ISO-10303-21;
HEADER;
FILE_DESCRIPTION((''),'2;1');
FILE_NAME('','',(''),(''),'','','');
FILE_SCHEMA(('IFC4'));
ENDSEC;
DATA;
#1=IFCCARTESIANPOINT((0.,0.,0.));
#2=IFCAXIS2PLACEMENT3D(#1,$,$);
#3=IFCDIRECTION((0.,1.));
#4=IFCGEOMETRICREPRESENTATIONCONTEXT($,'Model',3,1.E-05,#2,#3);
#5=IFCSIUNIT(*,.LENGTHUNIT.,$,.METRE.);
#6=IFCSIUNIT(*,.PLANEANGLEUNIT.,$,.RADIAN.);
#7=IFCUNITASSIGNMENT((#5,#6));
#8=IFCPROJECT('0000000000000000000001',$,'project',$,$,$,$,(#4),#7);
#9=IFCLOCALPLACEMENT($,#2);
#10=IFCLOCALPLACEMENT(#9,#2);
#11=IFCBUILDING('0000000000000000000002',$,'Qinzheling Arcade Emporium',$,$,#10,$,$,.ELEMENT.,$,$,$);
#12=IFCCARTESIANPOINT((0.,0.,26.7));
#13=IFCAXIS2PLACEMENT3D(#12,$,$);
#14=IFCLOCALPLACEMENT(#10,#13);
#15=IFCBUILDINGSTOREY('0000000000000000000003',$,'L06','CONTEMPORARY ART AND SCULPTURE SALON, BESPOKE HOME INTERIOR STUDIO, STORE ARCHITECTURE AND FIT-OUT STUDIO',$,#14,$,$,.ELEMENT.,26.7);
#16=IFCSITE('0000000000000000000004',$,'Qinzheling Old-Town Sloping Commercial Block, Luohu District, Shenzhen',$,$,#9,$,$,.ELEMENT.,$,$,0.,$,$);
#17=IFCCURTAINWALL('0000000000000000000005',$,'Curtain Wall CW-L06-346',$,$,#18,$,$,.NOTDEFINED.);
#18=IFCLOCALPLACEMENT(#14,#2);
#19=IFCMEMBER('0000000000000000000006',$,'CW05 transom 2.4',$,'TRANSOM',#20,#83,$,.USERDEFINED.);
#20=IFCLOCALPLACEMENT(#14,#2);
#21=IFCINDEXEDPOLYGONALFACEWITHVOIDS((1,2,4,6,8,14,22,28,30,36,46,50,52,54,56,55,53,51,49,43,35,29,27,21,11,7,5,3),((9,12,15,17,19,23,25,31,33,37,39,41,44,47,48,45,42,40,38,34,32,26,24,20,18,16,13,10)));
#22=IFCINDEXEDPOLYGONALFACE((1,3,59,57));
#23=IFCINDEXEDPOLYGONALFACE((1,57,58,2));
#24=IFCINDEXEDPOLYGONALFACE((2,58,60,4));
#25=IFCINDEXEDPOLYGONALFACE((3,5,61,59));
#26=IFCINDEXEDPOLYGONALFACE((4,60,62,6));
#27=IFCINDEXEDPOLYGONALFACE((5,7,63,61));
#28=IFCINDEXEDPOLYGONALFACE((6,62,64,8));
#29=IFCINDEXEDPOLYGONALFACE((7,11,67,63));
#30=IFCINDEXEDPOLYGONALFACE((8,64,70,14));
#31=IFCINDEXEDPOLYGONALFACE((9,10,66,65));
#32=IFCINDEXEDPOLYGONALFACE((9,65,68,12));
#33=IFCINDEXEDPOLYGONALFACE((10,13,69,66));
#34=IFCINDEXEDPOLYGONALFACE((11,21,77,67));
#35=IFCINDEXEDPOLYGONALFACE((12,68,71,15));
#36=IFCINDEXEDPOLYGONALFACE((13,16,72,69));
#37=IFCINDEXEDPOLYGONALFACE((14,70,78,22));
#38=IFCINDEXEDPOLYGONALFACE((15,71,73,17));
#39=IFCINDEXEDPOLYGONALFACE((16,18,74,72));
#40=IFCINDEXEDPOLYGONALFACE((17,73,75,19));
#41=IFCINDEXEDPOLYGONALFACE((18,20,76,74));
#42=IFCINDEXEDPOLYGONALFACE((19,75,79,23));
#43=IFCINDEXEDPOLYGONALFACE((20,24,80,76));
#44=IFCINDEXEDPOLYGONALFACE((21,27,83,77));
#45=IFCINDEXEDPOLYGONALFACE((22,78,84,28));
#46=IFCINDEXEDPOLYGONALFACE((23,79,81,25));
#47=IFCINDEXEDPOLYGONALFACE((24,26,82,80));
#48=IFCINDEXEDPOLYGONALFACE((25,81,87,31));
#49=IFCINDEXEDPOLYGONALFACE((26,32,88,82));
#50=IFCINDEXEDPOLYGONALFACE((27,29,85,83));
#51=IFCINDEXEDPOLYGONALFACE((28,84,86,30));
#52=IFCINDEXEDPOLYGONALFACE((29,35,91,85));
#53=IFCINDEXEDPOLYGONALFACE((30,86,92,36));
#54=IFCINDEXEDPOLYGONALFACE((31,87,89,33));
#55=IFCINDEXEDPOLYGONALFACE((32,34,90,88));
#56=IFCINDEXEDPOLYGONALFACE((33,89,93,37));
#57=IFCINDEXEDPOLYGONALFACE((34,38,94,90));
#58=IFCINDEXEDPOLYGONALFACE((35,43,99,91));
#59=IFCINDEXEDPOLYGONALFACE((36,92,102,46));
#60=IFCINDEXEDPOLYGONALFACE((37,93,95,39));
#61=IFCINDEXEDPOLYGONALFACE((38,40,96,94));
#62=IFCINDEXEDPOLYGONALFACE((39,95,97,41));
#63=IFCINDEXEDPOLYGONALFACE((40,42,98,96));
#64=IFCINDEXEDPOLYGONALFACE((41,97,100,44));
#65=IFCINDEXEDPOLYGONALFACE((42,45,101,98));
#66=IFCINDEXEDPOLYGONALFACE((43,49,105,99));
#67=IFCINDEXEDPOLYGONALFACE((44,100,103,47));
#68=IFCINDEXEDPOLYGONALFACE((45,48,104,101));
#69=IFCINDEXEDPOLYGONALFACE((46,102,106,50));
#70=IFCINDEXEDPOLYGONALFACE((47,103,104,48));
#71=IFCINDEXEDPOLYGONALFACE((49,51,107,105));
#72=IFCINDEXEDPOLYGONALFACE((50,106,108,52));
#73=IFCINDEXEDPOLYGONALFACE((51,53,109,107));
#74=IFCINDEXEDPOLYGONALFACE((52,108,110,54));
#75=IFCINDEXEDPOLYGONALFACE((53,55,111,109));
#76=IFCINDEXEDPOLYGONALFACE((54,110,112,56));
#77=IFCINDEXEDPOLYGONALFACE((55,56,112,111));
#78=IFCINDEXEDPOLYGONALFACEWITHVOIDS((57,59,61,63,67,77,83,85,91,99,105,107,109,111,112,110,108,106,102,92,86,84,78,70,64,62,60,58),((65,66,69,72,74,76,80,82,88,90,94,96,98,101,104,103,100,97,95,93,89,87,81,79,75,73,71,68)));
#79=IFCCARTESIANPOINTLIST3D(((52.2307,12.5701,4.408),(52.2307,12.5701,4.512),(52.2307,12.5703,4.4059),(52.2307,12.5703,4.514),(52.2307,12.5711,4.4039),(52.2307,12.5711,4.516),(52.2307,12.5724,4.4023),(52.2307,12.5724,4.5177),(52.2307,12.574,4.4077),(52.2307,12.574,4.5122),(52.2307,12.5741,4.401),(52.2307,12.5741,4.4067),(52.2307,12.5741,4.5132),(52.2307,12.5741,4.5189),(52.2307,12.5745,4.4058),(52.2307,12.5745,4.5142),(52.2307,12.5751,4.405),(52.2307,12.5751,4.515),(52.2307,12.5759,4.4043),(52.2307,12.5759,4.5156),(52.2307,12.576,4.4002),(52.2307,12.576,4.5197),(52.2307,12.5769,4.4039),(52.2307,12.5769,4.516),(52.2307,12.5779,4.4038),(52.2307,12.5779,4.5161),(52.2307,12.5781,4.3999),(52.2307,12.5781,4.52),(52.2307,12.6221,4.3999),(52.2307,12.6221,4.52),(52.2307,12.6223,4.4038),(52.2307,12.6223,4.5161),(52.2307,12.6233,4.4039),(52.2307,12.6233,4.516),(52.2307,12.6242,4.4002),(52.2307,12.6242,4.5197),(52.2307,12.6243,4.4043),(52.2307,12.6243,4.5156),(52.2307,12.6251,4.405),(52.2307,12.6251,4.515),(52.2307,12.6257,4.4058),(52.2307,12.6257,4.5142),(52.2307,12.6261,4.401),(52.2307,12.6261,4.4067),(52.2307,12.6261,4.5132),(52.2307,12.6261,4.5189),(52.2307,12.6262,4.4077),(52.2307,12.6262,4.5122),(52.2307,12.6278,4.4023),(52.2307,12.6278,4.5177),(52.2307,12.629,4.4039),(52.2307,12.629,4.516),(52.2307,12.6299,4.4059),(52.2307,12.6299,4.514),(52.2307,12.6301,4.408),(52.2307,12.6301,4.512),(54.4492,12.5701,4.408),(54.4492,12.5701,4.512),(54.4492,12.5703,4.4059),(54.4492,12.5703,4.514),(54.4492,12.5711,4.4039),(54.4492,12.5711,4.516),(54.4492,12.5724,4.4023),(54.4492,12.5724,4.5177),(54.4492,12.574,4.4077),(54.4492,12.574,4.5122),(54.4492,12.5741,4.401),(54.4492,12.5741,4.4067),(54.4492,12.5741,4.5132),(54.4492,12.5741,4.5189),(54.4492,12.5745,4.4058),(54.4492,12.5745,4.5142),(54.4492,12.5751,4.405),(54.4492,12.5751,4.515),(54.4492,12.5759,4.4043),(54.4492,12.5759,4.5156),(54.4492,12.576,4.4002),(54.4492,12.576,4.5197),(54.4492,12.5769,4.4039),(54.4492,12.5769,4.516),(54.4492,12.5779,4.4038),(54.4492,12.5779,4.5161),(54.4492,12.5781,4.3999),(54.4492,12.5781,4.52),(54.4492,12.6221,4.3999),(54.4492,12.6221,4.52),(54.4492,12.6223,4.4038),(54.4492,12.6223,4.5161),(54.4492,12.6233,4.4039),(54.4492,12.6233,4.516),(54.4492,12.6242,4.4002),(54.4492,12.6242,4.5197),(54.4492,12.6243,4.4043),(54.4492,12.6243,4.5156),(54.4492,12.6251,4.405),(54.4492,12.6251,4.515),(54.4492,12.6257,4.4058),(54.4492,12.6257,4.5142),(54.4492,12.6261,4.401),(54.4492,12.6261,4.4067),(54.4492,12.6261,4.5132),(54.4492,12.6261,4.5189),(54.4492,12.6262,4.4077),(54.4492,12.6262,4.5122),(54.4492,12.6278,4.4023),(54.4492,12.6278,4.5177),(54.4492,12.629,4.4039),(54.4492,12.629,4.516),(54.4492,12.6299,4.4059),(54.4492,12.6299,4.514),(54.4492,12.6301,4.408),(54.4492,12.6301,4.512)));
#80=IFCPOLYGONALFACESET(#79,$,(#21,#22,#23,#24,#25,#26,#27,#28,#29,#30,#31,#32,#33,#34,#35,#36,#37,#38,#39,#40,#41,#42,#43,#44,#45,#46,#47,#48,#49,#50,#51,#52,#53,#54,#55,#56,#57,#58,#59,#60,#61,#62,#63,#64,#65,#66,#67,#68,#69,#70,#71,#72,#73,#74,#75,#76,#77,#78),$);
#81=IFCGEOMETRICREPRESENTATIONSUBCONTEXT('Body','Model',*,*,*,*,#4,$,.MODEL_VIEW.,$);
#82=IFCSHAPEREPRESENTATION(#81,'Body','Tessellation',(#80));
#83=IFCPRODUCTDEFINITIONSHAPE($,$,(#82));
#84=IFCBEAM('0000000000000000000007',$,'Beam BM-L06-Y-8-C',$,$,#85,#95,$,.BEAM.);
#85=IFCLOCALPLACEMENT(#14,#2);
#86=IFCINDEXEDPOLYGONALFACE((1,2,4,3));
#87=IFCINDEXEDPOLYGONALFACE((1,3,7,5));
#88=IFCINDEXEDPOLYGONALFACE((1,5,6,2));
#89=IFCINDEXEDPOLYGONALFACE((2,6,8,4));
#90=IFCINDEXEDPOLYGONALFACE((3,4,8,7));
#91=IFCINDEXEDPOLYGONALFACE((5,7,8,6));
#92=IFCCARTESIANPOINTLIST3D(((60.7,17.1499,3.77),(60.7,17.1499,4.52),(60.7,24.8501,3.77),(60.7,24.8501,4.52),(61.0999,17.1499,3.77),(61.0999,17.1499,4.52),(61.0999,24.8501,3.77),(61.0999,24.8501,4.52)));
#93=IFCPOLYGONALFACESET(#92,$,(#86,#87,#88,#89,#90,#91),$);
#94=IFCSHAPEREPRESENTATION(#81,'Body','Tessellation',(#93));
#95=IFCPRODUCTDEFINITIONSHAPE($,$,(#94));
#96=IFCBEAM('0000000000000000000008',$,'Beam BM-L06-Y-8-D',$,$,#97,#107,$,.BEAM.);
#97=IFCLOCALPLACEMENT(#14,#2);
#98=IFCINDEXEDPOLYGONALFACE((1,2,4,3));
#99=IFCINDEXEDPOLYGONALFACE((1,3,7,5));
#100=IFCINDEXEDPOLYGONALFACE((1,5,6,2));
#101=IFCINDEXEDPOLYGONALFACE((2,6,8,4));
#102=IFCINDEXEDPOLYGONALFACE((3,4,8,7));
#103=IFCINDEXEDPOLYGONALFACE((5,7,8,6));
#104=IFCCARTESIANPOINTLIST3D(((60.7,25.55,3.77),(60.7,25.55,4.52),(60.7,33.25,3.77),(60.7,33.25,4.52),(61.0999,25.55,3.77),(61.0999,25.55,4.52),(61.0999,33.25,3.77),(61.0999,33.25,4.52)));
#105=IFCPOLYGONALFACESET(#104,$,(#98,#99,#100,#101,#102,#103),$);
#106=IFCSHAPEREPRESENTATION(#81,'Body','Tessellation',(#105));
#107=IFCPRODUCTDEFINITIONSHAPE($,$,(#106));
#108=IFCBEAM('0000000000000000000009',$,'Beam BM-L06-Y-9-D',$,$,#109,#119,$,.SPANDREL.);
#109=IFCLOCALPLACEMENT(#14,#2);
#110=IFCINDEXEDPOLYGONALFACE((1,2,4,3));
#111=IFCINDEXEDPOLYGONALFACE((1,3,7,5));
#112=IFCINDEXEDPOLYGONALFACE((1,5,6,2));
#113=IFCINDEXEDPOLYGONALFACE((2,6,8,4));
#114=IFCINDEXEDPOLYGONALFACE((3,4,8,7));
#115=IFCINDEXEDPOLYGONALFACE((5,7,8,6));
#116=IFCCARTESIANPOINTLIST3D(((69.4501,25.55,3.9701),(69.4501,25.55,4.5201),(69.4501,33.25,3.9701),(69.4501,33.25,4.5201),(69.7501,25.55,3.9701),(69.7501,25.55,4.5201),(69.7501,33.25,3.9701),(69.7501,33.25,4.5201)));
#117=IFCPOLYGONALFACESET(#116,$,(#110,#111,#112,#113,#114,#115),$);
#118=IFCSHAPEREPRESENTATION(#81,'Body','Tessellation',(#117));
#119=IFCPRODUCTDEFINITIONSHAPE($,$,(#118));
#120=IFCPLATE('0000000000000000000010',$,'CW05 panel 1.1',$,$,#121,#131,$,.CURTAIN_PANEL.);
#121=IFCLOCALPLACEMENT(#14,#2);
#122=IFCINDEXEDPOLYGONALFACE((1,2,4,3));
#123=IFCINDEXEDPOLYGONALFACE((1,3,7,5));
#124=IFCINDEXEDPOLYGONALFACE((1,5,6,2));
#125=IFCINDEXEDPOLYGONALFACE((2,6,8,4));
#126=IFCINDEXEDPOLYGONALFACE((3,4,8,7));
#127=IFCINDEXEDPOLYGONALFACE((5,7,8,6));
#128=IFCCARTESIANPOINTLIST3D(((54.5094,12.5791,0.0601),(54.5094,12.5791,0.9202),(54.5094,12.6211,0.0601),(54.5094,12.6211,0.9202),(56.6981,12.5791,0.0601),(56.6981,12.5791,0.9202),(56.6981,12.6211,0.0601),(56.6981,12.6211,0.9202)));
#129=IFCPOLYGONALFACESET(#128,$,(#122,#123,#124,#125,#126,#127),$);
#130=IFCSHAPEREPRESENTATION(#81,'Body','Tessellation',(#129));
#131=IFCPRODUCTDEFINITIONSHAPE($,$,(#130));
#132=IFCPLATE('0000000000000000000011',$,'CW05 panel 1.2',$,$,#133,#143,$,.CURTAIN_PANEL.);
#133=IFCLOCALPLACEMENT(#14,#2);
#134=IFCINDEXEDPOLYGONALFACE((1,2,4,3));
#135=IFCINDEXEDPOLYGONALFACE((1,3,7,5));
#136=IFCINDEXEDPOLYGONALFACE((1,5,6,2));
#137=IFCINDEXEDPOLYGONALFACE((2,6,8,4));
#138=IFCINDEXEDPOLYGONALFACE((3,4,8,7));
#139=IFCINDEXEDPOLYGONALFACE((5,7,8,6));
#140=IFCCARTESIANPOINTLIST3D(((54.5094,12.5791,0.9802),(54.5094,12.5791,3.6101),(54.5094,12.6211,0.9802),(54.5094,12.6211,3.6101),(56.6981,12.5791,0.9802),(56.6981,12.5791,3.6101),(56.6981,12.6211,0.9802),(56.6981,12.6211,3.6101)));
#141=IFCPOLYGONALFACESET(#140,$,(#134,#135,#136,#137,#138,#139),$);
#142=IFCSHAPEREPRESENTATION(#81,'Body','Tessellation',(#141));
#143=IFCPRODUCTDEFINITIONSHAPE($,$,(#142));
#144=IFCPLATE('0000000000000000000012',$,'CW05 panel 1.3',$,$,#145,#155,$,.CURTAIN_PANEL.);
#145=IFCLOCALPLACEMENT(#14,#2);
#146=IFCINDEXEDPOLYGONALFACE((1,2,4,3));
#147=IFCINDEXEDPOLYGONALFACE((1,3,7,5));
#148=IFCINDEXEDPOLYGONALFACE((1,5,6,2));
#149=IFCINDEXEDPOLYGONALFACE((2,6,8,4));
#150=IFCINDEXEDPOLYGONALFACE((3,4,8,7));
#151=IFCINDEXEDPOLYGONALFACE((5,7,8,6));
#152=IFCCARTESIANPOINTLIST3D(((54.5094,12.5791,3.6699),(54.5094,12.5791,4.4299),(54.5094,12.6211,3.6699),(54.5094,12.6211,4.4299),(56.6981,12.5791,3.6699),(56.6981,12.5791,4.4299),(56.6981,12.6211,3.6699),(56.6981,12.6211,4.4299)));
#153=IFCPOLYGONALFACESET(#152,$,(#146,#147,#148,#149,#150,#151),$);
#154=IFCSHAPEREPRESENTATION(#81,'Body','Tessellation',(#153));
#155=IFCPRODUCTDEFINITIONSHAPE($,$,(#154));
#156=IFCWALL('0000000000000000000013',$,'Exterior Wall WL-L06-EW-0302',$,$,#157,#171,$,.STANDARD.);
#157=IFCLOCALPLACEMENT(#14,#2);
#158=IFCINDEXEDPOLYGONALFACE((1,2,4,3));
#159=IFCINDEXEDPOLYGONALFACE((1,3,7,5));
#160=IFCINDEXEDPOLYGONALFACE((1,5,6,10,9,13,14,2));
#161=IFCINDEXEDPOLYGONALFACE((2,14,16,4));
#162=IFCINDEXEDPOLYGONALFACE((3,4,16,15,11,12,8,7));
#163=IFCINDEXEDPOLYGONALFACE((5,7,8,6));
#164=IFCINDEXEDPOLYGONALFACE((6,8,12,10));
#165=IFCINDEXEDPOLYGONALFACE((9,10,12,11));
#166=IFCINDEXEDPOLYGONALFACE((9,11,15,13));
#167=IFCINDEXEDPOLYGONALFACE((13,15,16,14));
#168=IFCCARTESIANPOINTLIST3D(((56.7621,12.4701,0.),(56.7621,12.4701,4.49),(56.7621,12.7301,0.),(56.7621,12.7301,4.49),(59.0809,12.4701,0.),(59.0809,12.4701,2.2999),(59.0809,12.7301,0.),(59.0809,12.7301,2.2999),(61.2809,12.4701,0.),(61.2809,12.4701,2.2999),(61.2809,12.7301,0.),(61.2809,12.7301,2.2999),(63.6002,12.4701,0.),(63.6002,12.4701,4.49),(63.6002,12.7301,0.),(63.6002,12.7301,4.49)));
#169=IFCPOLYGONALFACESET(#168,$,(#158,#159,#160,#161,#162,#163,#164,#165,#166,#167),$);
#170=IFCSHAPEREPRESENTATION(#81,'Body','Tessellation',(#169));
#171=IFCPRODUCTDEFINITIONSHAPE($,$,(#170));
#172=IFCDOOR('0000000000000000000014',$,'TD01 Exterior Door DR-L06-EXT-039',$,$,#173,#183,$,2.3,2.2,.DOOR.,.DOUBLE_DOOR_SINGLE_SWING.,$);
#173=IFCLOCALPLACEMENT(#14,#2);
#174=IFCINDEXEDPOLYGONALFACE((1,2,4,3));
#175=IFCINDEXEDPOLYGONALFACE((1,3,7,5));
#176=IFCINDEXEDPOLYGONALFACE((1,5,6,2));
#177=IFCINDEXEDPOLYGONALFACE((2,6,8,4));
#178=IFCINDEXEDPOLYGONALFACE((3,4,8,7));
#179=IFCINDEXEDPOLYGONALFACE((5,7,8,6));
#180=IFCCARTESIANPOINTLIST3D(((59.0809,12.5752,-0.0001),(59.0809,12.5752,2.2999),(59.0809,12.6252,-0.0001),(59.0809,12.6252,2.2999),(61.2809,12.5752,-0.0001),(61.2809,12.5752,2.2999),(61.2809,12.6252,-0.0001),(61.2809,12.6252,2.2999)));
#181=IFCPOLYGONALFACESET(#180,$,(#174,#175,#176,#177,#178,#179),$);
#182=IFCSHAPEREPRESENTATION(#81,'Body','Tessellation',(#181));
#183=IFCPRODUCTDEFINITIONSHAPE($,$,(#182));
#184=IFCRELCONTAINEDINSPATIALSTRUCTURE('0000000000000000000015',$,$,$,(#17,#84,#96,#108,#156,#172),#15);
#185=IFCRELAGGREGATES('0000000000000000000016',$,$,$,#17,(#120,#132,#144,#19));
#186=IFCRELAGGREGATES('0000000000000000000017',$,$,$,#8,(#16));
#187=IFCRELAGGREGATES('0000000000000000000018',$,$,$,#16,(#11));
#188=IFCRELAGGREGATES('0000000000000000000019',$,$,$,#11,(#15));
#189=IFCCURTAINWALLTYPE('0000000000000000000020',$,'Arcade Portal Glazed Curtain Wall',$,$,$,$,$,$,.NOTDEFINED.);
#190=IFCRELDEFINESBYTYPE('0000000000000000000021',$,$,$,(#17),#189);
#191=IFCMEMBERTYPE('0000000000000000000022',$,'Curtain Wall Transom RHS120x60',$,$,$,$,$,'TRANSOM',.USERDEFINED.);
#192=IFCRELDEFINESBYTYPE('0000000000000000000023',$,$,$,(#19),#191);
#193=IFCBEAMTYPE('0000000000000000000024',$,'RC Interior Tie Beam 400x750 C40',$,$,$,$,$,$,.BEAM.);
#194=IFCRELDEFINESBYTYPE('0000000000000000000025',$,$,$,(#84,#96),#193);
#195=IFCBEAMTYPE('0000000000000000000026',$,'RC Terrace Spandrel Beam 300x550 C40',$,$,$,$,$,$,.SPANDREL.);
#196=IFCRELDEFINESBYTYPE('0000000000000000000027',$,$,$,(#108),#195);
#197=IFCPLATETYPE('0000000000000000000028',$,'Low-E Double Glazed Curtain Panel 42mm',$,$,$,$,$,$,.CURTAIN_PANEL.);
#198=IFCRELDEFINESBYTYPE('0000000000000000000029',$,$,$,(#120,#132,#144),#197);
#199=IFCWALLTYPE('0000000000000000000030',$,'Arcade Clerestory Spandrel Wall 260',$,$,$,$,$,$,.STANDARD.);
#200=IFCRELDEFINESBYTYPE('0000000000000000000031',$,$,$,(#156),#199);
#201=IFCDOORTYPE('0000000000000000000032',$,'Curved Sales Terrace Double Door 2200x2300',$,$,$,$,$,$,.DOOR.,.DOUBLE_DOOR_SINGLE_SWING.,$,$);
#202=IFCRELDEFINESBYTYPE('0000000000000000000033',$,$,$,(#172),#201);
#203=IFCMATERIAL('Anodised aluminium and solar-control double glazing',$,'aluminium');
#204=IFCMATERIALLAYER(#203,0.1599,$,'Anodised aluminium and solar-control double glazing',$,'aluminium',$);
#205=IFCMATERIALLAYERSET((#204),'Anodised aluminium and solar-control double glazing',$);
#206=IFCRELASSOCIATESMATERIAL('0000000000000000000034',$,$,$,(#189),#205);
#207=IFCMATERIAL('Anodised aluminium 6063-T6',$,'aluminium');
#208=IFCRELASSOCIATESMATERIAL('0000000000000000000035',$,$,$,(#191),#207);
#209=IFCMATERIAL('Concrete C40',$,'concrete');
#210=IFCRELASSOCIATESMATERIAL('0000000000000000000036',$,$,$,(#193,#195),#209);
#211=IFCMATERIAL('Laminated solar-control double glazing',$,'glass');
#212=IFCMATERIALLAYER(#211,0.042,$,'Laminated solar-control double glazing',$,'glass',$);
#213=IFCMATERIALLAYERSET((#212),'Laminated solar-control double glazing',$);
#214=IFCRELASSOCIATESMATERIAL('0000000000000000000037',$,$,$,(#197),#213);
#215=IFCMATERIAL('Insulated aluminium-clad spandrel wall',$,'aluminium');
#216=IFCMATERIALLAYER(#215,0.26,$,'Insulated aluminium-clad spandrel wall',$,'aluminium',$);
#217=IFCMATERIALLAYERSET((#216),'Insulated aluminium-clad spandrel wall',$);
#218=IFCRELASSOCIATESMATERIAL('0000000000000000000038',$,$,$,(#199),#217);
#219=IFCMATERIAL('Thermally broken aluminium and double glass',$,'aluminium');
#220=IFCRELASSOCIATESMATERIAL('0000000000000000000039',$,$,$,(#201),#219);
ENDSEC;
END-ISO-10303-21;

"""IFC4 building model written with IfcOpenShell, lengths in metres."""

from ifc_helpers import new_model, si_unit, direction, frame, frame_2d, origin, origin_2d, place, context, subcontext, project, spatial, rectangle, hollow_rectangle, extrude, material, layer, layer_set, material_profile, profile_set, type_object, element, fill, aggregate, save


model = new_model("IFC4")

# Units and contexts
model_context = context("Model", 3, precision=1e-05, world=origin(), true_north=direction((0.0, 1.0)))
body_context = subcontext(model_context, "Body", "Model", "MODEL_VIEW")
ifc_project = project(units=[si_unit("LENGTHUNIT", "METRE"), si_unit("PLANEANGLEUNIT", "RADIAN")], contexts=[model_context])

# Site, building, storey
site_placement = place(None, origin())
site = spatial("IfcSite", under=ifc_project, at=site_placement, Name="Qinzheling Old-Town Sloping Commercial Block, Luohu District, Shenzhen", CompositionType="ELEMENT", RefElevation=0.0)
building_placement = place(site_placement, origin())
building = spatial("IfcBuilding", under=site, at=building_placement, Name="Qinzheling Arcade Emporium", CompositionType="ELEMENT")
storey_placement = place(building_placement, frame((0.0, 0.0, 26.7)))
storey = spatial("IfcBuildingStorey", under=building, at=storey_placement, Name="L06", Description="CONTEMPORARY ART AND SCULPTURE SALON, BESPOKE HOME INTERIOR STUDIO, STORE ARCHITECTURE AND FIT-OUT STUDIO", CompositionType="ELEMENT", Elevation=26.7)

# Shared definitions
ifc_material_1 = material(Name="Concrete C40", Category="concrete")

# Curtain wall
ifc_material_2 = material(Name="Anodised aluminium and solar-control double glazing", Category="aluminium")
ifc_layer_1 = layer(ifc_material_2, 0.1599, Name="Anodised aluminium and solar-control double glazing", Category="aluminium")
ifc_layer_set_1 = layer_set([ifc_layer_1], Name="Anodised aluminium and solar-control double glazing")
curtain_wall_type = type_object("IfcCurtainWallType", Name="Arcade Portal Glazed Curtain Wall", PredefinedType="NOTDEFINED", material=ifc_layer_set_1)
curtain_wall_1_placement = place(storey_placement, origin())
curtain_wall_1 = element("IfcCurtainWall", 1, at=curtain_wall_1_placement, inside=storey, type_object=curtain_wall_type, Name="Curtain Wall CW-L06-346", PredefinedType="NOTDEFINED")
ifc_material_3 = material(Name="Anodised aluminium 6063-T6", Category="aluminium")

# Member
ifc_material_profile_1 = material_profile(ifc_material_3, hollow_rectangle(XDim=0.0601, YDim=0.1201, WallThickness=0.0039, InnerFilletRadius=0.0039, OuterFilletRadius=0.0081, at=origin_2d()), Name="RHS 120x60x4", Category="aluminium")
ifc_profile_set_1 = profile_set([ifc_material_profile_1], Name="Anodised aluminium 6063-T6")
member_type_1 = type_object("IfcMemberType", Name="Curtain Wall Transom RHS120x60", ElementType="TRANSOM", PredefinedType="USERDEFINED", material=ifc_profile_set_1)
member_1_placement = place(storey_placement, frame((54.4492, 12.6001, 4.46), z_axis=(-1.0, 0.0, 0.0), x_axis=(0.0, -1.0, 0.0)))
member_1 = element("IfcMember", 2, at=member_1_placement, type_object=member_type_1, Name="CW05 transom 2.4", ObjectType="TRANSOM", PredefinedType="USERDEFINED", context=body_context, shape_type="SweptSolid", body=[
    extrude(hollow_rectangle(XDim=0.0601, YDim=0.1201, WallThickness=0.0039, InnerFilletRadius=0.0039, OuterFilletRadius=0.0081, at=origin_2d()), origin(), (0.0, 0.0, 1.0), 2.2185),
])

# Beams
ifc_material_profile_2 = material_profile(ifc_material_1, rectangle(XDim=0.3999, YDim=0.75, at=origin_2d()), Name="RC 400x750", Category="concrete")
ifc_profile_set_2 = profile_set([ifc_material_profile_2], Name="Concrete C40")
beam_type_1 = type_object("IfcBeamType", Name="RC Interior Tie Beam 400x750 C40", PredefinedType="BEAM", material=ifc_profile_set_2)
beam_1_placement = place(storey_placement, frame((60.8999, 17.1499, 4.145), z_axis=(0.0, 1.0, 0.0), x_axis=(-1.0, 0.0, 0.0)))
element("IfcBeam", 3, at=beam_1_placement, inside=storey, type_object=beam_type_1, Name="Beam BM-L06-Y-8-C", PredefinedType="BEAM", context=body_context, shape_type="SweptSolid", body=[
    extrude(rectangle(XDim=0.3999, YDim=0.75, at=origin_2d()), origin(), (0.0, 0.0, 1.0), 7.7002),
])
beam_2_placement = place(storey_placement, frame((60.8999, 25.55, 4.145), z_axis=(0.0, 1.0, 0.0), x_axis=(-1.0, 0.0, 0.0)))
element("IfcBeam", 4, at=beam_2_placement, inside=storey, type_object=beam_type_1, Name="Beam BM-L06-Y-8-D", PredefinedType="BEAM", context=body_context, shape_type="SweptSolid", body=[
    extrude(rectangle(XDim=0.3999, YDim=0.75, at=origin_2d()), origin(), (0.0, 0.0, 1.0), 7.7),
])
ifc_material_profile_3 = material_profile(ifc_material_1, rectangle(XDim=0.3, YDim=0.55, at=origin_2d()), Name="RC 300x550", Category="concrete")
ifc_profile_set_3 = profile_set([ifc_material_profile_3], Name="Concrete C40")
beam_type_2 = type_object("IfcBeamType", Name="RC Terrace Spandrel Beam 300x550 C40", PredefinedType="SPANDREL", material=ifc_profile_set_3)
beam_3_placement = place(storey_placement, frame((69.6001, 25.55, 4.2451), z_axis=(0.0, 1.0, 0.0), x_axis=(-1.0, 0.0, 0.0)))
element("IfcBeam", 5, at=beam_3_placement, inside=storey, type_object=beam_type_2, Name="Beam BM-L06-Y-9-D", PredefinedType="SPANDREL", context=body_context, shape_type="SweptSolid", body=[
    extrude(rectangle(XDim=0.3, YDim=0.55, at=origin_2d()), origin(), (0.0, 0.0, 1.0), 7.7),
])

# Plates
ifc_material_4 = material(Name="Laminated solar-control double glazing", Category="glass")
ifc_layer_2 = layer(ifc_material_4, 0.042, Name="Laminated solar-control double glazing", Category="glass")
ifc_layer_set_2 = layer_set([ifc_layer_2], Name="Laminated solar-control double glazing")
plate_type = type_object("IfcPlateType", Name="Low-E Double Glazed Curtain Panel 42mm", PredefinedType="CURTAIN_PANEL", material=ifc_layer_set_2)
plate_1_placement = place(storey_placement, frame((55.6038, 12.6001, 0.0601), z_axis=(0.0, 0.0, 1.0), x_axis=(-1.0, 0.0, 0.0)))
plate_1 = element("IfcPlate", 6, at=plate_1_placement, type_object=plate_type, Name="CW05 panel 1.1", PredefinedType="CURTAIN_PANEL", context=body_context, shape_type="SweptSolid", body=[
    extrude(rectangle(XDim=2.1887, YDim=0.042, at=origin_2d()), origin(), (0.0, 0.0, 1.0), 0.8601),
])
plate_2_placement = place(storey_placement, frame((55.6038, 12.6001, 0.9802), z_axis=(0.0, 0.0, 1.0), x_axis=(-1.0, 0.0, 0.0)))
plate_2 = element("IfcPlate", 7, at=plate_2_placement, type_object=plate_type, Name="CW05 panel 1.2", PredefinedType="CURTAIN_PANEL", context=body_context, shape_type="SweptSolid", body=[
    extrude(rectangle(XDim=2.1887, YDim=0.042, at=origin_2d()), origin(), (0.0, 0.0, 1.0), 2.6299),
])
plate_3_placement = place(storey_placement, frame((55.6038, 12.6001, 3.6699), z_axis=(0.0, 0.0, 1.0), x_axis=(-1.0, 0.0, 0.0)))
plate_3 = element("IfcPlate", 8, at=plate_3_placement, type_object=plate_type, Name="CW05 panel 1.3", PredefinedType="CURTAIN_PANEL", context=body_context, shape_type="SweptSolid", body=[
    extrude(rectangle(XDim=2.1887, YDim=0.042, at=origin_2d()), origin(), (0.0, 0.0, 1.0), 0.76),
])
aggregate(curtain_wall_1, [plate_1, plate_2, plate_3, member_1])

# Wall, opening, door
ifc_material_5 = material(Name="Insulated aluminium-clad spandrel wall", Category="aluminium")
ifc_layer_3 = layer(ifc_material_5, 0.26, Name="Insulated aluminium-clad spandrel wall", Category="aluminium")
ifc_layer_set_3 = layer_set([ifc_layer_3], Name="Insulated aluminium-clad spandrel wall")
wall_type_1 = type_object("IfcWallType", Name="Arcade Clerestory Spandrel Wall 260", PredefinedType="STANDARD", material=ifc_layer_set_3)
wall_1_placement = place(storey_placement, frame((63.6001, 12.6001, 0.0), z_axis=(0.0, 0.0, 1.0), x_axis=(-1.0, 0.0, 0.0)))
wall_1 = element("IfcWall", 9, at=wall_1_placement, inside=storey, type_object=wall_type_1, Name="Exterior Wall WL-L06-EW-0302", PredefinedType="STANDARD", context=body_context, shape_type="SweptSolid", body=[
    extrude(rectangle(XDim=6.8381, YDim=0.26, at=frame_2d((3.4189, 0.0))), origin(), (0.0, 0.0, 1.0), 4.49),
])
opening_1_placement = place(wall_1_placement, frame((2.3191, 0.0, 0.0)))
opening_1 = element("IfcOpeningElement", 10, at=opening_1_placement, cuts=wall_1, PredefinedType="OPENING", context=body_context, shape_type="SweptSolid", body=[
    extrude(rectangle(XDim=2.2, YDim=2.3, at=frame_2d((1.1001, 1.1499))), frame((0.0, 0.1401, 0.0), z_axis=(0.0, -1.0, 0.0), x_axis=(1.0, 0.0, 0.0)), (0.0, 0.0, 1.0), 0.28),
])
ifc_material_6 = material(Name="Thermally broken aluminium and double glass", Category="aluminium")
door_type_1 = type_object("IfcDoorType", Name="Curved Sales Terrace Double Door 2200x2300", OperationType="DOUBLE_DOOR_SINGLE_SWING", PredefinedType="DOOR", material=ifc_material_6)
door_1_placement = place(opening_1_placement, origin())
door_1 = element("IfcDoor", 11, at=door_1_placement, inside=storey, type_object=door_type_1, Name="TD01 Exterior Door DR-L06-EXT-039", OperationType="DOUBLE_DOOR_SINGLE_SWING", OverallHeight=2.3, OverallWidth=2.2, PredefinedType="DOOR", context=body_context, shape_type="SweptSolid", body=[
    extrude(rectangle(XDim=2.2, YDim=2.3, at=frame_2d((1.1001, 1.1499))), frame((0.0, 0.0249, 0.0), z_axis=(0.0, -1.0, 0.0), x_axis=(1.0, 0.0, 0.0)), (0.0, 0.0, 1.0), 0.05),
])
fill(opening_1, door_1)

save(model, "model.ifc")
